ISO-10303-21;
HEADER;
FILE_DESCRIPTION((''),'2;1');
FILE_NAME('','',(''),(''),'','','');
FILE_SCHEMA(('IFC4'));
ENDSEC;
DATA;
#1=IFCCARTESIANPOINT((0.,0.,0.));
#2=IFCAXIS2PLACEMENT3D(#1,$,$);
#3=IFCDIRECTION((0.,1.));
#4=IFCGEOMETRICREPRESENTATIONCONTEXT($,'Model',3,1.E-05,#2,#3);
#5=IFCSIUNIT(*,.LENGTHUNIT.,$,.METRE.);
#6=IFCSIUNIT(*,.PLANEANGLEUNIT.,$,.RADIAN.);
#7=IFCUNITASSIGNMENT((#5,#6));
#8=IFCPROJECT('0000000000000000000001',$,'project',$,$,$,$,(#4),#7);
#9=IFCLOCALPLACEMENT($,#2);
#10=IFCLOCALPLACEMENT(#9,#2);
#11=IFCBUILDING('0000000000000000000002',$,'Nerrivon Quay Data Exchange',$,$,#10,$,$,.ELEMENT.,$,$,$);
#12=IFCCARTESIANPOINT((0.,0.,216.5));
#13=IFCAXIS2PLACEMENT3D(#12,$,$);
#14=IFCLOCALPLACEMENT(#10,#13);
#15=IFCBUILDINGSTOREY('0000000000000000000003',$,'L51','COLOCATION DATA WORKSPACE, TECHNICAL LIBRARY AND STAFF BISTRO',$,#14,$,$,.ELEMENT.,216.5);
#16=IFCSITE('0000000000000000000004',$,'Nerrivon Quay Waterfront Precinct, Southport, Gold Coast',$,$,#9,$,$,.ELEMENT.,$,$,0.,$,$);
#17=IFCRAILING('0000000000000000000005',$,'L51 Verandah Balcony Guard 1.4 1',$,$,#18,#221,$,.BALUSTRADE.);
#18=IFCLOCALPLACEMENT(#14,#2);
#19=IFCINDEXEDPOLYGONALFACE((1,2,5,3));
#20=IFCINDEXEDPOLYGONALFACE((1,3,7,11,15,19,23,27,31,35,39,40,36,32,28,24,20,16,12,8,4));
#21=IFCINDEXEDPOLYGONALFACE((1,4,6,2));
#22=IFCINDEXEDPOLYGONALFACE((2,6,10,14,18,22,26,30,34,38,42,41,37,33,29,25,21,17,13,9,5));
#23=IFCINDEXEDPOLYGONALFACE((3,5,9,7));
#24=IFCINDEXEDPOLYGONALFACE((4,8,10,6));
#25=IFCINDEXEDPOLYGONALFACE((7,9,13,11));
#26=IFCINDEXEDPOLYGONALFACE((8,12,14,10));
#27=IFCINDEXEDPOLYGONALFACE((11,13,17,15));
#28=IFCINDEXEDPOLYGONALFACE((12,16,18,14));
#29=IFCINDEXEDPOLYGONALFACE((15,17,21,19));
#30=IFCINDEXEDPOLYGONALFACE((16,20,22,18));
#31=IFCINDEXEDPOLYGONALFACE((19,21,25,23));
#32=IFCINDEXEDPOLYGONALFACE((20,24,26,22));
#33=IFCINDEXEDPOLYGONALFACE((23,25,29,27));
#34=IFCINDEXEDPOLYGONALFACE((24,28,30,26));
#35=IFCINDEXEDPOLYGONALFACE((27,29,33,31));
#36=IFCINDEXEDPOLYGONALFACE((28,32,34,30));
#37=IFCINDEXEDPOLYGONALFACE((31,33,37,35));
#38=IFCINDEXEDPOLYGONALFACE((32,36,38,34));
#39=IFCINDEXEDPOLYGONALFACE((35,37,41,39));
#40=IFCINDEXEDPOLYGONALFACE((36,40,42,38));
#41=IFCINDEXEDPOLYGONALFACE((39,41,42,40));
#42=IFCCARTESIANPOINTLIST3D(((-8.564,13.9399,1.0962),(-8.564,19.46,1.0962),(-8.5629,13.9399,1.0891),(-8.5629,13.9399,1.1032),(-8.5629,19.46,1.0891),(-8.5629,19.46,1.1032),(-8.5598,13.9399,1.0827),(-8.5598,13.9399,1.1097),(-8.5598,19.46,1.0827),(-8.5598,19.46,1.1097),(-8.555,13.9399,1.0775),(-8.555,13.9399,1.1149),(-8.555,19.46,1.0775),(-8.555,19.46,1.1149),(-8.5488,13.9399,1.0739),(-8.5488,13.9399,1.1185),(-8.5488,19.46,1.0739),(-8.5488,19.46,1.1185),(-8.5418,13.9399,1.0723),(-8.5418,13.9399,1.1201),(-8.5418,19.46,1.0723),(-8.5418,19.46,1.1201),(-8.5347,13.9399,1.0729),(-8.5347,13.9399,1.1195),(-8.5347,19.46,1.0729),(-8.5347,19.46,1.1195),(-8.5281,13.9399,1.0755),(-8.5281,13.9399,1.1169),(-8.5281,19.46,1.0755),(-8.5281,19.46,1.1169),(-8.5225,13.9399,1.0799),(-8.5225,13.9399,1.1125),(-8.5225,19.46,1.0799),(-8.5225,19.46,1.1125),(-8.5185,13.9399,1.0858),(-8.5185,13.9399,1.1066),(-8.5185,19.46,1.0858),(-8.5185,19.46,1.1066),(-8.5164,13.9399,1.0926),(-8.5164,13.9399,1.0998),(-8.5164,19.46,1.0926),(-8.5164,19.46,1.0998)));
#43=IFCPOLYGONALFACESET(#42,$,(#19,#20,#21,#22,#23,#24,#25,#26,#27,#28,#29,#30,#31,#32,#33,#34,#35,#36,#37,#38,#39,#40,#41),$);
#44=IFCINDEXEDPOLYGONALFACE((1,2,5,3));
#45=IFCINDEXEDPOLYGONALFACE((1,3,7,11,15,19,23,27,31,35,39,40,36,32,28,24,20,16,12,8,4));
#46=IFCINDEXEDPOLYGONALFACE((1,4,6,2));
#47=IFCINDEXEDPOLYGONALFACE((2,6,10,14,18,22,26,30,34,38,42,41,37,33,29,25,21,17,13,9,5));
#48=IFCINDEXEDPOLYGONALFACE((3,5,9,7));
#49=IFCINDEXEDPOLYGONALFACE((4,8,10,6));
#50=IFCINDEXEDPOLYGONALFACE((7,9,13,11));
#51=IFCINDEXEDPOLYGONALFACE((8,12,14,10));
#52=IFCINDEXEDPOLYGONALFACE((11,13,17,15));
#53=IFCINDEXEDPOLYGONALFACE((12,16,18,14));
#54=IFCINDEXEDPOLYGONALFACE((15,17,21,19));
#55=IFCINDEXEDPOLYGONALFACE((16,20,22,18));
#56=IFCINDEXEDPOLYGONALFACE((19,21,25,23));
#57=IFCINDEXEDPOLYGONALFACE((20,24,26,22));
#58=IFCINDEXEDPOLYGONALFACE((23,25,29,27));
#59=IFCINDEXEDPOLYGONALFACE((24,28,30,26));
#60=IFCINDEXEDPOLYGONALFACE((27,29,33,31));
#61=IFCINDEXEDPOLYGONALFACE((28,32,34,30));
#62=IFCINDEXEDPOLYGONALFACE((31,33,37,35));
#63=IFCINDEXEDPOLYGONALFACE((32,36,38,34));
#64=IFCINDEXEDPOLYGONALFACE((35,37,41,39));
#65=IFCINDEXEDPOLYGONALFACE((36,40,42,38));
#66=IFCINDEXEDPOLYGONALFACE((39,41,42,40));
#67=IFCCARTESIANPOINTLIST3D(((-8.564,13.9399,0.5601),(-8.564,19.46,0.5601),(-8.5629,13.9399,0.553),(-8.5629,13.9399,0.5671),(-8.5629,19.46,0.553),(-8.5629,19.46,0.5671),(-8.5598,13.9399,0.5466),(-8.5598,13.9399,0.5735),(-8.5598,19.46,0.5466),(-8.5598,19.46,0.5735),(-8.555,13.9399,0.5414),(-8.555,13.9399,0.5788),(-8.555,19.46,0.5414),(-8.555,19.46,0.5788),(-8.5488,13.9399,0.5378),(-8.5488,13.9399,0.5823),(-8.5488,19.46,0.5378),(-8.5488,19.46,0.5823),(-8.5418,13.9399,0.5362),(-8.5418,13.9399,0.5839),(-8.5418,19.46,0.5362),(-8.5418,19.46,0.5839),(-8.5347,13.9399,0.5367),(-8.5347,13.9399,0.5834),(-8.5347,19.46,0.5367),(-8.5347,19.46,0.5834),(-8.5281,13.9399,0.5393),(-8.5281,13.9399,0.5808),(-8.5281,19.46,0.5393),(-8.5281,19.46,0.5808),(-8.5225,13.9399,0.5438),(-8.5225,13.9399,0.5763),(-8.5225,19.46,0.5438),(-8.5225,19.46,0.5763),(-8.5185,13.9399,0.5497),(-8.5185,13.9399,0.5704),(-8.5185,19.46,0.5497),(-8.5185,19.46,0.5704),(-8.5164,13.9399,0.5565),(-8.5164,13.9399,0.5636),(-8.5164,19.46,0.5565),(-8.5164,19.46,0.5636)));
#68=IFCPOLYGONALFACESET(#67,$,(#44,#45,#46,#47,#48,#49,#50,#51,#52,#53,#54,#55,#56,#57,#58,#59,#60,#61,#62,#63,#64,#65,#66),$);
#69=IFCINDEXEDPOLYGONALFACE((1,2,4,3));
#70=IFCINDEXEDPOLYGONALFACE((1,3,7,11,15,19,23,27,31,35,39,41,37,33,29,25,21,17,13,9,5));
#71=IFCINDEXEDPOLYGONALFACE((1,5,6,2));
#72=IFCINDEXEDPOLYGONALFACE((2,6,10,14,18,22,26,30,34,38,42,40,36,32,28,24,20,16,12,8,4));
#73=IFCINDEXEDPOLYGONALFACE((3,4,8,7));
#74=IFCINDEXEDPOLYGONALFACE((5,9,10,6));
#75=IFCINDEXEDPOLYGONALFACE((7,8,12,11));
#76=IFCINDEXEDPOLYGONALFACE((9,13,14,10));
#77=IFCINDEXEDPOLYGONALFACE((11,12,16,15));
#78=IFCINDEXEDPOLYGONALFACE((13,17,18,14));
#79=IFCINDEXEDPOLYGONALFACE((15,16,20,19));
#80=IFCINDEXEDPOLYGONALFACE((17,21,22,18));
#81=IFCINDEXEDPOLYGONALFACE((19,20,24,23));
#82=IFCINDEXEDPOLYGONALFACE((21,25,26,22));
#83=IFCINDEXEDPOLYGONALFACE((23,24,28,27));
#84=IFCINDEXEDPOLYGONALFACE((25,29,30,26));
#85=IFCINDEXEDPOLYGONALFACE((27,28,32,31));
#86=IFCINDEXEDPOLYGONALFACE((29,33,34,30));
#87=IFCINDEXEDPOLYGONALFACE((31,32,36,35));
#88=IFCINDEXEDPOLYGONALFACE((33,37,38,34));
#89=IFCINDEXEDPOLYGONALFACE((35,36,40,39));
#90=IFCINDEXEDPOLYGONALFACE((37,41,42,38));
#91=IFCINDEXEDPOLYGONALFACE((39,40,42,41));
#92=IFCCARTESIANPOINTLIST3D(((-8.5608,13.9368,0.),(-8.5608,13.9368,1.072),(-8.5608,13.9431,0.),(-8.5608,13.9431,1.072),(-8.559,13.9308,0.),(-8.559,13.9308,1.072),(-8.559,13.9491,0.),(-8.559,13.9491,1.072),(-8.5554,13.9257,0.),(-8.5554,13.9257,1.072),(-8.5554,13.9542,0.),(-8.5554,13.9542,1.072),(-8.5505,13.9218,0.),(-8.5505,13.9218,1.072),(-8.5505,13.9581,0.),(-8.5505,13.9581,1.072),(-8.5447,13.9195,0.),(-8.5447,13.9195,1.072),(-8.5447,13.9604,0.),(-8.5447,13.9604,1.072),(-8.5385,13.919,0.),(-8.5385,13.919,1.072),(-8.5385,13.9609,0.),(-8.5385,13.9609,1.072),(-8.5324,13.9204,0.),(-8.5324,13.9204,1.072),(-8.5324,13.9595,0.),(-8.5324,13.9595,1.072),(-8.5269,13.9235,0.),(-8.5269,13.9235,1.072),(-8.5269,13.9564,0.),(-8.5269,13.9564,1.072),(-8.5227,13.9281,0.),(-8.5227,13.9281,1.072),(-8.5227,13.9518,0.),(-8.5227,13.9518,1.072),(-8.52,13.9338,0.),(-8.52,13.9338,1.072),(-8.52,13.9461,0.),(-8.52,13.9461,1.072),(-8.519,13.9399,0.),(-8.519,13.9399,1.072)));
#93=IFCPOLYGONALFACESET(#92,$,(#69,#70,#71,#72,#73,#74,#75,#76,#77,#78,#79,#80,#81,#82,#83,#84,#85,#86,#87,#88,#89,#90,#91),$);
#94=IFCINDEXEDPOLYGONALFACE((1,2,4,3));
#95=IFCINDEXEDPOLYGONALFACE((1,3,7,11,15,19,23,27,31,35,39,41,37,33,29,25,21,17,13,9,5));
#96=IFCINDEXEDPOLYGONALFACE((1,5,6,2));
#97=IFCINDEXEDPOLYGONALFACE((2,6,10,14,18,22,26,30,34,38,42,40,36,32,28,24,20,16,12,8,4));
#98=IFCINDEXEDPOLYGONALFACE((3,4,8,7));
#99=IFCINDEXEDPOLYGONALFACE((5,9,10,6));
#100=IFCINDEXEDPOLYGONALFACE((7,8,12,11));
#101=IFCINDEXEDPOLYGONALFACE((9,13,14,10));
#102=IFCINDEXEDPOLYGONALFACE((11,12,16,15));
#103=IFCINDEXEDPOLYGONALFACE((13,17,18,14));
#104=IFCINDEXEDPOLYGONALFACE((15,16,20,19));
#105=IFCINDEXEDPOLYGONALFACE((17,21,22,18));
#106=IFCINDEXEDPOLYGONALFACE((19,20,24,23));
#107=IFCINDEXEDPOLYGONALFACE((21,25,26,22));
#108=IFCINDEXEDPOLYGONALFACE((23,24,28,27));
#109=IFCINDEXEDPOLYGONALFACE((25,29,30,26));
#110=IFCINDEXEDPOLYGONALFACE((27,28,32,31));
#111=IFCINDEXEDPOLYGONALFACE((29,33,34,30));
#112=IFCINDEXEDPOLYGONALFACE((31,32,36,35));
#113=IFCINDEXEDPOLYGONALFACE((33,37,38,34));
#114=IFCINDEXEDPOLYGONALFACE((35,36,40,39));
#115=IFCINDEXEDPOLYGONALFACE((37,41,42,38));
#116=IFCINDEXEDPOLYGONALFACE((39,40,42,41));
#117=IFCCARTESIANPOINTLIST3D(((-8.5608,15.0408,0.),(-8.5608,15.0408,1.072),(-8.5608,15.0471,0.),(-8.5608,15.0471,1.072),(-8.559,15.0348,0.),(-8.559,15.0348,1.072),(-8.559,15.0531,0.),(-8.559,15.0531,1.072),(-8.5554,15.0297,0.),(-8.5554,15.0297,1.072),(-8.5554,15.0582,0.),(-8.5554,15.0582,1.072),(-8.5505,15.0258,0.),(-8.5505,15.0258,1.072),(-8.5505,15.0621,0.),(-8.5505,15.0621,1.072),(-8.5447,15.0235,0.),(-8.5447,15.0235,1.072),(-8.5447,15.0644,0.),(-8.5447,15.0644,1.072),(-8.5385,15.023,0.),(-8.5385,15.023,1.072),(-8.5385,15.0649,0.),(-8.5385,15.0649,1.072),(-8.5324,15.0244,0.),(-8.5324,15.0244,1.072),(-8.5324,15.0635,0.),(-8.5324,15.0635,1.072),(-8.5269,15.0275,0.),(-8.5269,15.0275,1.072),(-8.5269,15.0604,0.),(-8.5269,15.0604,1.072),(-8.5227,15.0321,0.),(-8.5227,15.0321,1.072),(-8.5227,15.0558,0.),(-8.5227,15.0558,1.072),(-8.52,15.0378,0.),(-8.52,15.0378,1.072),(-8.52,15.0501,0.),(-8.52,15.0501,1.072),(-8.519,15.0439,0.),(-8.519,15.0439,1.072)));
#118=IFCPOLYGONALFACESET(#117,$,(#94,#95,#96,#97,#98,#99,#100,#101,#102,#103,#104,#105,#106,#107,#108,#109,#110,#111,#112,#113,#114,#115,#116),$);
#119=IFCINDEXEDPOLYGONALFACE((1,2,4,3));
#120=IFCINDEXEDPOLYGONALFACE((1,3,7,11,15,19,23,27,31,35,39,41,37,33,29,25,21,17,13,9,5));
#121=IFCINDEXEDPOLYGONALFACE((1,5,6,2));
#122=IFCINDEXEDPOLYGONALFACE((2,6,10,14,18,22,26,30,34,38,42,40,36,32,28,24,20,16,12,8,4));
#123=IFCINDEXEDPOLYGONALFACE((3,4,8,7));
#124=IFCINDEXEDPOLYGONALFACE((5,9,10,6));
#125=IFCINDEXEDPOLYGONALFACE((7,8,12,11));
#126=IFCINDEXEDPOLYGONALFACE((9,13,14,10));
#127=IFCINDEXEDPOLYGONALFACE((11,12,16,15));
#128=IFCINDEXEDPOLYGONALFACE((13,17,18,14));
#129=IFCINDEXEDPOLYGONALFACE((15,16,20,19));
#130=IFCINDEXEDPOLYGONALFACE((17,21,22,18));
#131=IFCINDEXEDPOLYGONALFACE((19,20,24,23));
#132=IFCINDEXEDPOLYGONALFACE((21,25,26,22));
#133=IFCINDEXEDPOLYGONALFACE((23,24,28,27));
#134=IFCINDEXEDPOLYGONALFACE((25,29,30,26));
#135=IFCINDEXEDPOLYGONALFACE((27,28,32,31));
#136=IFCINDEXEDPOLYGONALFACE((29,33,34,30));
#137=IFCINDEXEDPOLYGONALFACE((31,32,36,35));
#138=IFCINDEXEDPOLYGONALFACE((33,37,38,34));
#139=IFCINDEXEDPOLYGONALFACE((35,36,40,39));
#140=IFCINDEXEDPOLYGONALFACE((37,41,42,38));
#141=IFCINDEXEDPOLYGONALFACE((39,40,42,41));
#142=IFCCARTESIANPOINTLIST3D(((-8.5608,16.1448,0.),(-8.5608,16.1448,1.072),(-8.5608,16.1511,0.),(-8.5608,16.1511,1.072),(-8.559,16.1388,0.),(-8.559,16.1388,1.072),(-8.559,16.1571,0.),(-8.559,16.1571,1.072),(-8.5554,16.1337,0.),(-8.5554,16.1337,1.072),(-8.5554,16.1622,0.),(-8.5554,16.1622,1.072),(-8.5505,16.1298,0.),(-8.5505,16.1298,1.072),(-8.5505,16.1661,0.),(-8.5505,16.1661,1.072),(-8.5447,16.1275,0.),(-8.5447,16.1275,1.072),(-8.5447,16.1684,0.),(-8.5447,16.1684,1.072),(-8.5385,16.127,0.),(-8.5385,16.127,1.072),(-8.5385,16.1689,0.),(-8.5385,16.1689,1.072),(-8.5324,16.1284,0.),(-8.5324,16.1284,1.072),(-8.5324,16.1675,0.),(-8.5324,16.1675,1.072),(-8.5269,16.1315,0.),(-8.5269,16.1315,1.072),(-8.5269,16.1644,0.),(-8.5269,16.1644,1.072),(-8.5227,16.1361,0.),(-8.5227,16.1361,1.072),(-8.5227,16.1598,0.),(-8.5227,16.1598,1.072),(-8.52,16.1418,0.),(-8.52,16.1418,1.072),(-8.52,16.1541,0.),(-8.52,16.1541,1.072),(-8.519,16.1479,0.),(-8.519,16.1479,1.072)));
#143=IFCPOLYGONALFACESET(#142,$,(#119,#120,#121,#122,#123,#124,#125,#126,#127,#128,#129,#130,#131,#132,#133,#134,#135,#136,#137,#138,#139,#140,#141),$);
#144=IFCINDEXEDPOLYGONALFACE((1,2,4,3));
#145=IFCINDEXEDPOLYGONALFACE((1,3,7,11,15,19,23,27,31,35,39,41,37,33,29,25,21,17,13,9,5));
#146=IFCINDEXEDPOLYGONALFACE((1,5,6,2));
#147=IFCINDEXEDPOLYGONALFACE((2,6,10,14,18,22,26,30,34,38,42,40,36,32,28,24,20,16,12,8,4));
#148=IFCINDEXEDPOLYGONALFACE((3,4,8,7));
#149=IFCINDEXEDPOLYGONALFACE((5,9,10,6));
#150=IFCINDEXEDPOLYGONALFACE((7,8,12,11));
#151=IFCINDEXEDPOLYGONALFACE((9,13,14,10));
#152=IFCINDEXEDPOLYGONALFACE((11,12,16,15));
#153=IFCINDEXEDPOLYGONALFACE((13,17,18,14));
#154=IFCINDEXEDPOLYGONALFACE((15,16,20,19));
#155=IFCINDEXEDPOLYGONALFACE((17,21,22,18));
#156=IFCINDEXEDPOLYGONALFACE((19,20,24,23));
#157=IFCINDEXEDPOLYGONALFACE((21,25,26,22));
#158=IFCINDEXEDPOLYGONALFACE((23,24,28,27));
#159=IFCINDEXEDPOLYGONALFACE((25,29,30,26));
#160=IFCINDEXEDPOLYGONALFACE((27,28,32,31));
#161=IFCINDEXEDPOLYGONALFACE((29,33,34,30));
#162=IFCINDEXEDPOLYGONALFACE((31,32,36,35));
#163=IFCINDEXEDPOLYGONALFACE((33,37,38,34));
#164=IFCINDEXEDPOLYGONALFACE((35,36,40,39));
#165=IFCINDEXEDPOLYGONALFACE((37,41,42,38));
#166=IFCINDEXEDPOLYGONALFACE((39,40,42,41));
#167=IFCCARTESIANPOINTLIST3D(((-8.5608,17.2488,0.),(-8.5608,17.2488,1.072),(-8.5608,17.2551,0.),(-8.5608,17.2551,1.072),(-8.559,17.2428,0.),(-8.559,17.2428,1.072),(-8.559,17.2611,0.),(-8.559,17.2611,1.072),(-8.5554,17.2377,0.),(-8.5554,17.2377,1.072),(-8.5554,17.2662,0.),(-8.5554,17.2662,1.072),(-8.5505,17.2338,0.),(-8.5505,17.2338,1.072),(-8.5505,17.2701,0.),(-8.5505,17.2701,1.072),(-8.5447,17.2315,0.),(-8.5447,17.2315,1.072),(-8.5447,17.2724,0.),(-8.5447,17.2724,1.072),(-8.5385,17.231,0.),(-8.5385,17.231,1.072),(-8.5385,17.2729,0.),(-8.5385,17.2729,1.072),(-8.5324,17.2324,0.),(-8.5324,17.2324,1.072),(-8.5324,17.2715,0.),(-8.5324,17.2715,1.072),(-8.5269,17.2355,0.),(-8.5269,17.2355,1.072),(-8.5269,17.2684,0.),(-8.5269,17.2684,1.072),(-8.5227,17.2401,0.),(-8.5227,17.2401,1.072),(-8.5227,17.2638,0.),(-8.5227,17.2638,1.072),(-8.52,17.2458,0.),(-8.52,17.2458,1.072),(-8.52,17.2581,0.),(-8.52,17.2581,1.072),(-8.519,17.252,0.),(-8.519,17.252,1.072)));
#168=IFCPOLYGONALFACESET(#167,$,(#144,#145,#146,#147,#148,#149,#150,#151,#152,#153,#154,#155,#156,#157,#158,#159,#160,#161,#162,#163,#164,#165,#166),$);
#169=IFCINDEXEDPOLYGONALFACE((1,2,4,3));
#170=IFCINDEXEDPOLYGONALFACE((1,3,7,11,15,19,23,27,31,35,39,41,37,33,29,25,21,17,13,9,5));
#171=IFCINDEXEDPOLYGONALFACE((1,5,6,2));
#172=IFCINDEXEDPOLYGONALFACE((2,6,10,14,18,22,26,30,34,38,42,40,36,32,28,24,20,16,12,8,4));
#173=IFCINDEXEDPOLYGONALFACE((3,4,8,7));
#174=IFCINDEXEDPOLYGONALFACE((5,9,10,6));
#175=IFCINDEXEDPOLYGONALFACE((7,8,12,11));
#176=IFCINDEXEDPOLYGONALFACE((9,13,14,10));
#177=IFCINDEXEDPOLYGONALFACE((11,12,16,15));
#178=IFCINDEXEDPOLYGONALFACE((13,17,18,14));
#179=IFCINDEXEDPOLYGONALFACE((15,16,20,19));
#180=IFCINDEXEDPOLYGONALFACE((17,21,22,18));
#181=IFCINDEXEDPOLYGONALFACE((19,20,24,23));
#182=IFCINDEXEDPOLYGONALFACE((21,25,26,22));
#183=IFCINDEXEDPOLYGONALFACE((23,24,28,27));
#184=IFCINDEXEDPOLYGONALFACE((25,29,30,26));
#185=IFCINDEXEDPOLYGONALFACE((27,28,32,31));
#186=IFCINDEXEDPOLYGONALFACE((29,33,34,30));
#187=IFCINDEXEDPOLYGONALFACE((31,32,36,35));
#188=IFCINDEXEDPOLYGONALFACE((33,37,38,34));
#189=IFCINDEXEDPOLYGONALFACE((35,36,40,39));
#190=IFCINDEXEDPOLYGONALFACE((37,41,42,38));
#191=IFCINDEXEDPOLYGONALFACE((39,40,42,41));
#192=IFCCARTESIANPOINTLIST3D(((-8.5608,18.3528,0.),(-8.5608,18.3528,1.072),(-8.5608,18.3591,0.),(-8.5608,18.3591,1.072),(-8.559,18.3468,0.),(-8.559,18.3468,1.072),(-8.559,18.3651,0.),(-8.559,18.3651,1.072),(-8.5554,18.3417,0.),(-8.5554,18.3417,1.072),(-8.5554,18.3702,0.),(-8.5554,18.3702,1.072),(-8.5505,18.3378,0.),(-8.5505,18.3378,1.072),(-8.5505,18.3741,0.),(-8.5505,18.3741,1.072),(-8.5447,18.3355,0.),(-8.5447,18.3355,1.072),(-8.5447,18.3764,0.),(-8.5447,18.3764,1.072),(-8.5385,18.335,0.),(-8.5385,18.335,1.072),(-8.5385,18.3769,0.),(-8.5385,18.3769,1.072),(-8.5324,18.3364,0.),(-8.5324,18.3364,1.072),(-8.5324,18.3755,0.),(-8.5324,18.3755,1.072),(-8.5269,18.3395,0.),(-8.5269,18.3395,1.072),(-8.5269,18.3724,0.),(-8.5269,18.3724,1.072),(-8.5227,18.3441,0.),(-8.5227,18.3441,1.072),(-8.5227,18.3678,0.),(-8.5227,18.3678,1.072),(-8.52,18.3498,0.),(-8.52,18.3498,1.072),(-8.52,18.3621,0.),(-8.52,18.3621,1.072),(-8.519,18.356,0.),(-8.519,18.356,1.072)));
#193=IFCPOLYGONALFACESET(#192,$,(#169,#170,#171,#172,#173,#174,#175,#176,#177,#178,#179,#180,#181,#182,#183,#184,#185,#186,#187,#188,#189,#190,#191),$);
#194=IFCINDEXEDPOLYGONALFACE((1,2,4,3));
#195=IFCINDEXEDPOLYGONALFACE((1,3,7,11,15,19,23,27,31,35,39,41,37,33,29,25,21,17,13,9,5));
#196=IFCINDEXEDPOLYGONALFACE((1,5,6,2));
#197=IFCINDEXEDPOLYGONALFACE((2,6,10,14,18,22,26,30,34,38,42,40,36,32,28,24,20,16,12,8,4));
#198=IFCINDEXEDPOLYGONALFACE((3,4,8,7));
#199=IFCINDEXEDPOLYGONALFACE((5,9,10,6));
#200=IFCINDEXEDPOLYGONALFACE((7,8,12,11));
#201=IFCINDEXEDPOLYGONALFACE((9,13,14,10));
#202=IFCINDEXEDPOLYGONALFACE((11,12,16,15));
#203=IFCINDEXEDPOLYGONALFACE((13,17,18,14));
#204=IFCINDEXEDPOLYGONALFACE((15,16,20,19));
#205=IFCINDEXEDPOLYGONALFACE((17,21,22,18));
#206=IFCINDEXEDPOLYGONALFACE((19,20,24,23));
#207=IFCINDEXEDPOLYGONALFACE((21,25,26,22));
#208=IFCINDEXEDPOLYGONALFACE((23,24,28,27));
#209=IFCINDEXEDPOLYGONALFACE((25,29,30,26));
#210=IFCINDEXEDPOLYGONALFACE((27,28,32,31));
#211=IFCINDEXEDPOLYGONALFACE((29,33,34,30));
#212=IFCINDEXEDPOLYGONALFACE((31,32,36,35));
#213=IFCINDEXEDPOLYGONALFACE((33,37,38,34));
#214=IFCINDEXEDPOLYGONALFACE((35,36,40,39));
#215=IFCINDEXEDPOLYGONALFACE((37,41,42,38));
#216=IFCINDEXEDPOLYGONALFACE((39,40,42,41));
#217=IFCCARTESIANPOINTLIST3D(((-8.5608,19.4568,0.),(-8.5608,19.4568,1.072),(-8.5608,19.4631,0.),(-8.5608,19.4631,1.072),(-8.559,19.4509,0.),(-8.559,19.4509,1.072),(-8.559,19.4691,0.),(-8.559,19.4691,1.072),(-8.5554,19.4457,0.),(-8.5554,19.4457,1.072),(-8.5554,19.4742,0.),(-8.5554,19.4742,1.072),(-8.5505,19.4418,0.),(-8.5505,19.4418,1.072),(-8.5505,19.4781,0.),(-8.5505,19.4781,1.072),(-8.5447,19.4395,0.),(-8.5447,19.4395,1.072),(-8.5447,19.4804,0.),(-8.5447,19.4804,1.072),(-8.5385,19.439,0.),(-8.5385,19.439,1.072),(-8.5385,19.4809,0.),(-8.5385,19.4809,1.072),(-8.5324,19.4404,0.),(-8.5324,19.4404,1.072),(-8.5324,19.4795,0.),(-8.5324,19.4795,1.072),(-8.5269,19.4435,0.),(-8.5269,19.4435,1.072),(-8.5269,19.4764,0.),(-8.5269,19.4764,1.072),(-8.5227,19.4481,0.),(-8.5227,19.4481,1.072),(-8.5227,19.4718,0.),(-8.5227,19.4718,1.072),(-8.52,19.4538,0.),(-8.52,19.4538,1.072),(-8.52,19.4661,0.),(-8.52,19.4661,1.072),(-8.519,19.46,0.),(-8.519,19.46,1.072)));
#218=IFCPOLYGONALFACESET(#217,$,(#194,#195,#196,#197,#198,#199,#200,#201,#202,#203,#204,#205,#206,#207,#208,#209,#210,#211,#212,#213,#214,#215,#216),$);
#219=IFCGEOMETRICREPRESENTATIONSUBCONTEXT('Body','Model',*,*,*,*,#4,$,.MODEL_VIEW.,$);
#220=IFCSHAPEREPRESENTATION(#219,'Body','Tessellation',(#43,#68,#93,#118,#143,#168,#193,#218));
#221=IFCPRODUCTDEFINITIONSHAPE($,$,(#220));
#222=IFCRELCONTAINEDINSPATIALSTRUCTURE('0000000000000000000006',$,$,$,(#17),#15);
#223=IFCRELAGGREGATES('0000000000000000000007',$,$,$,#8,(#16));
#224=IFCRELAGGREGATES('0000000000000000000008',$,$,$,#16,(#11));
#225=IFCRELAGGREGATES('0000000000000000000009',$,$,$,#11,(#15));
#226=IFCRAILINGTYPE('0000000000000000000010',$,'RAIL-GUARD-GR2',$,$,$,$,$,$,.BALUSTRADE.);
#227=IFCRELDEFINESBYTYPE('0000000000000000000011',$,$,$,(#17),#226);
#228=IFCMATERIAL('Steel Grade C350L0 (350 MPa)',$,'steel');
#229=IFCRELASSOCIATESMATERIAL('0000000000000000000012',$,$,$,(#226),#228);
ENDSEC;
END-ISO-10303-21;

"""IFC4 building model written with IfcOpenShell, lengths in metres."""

from ifc_helpers import new_model, si_unit, direction, frame, origin, origin_2d, place, context, subcontext, project, spatial, circle, extrude, material, type_object, element, save


model = new_model("IFC4")

# Units and contexts
model_context = context("Model", 3, precision=1e-05, world=origin(), true_north=direction((0.0, 1.0)))
body_context = subcontext(model_context, "Body", "Model", "MODEL_VIEW")
ifc_project = project(units=[si_unit("LENGTHUNIT", "METRE"), si_unit("PLANEANGLEUNIT", "RADIAN")], contexts=[model_context])

# Site, building, storey
site_placement = place(None, origin())
site = spatial("IfcSite", under=ifc_project, at=site_placement, Name="Nerrivon Quay Waterfront Precinct, Southport, Gold Coast", CompositionType="ELEMENT", RefElevation=0.0)
building_placement = place(site_placement, origin())
building = spatial("IfcBuilding", under=site, at=building_placement, Name="Nerrivon Quay Data Exchange", CompositionType="ELEMENT")
storey_placement = place(building_placement, frame((0.0, 0.0, 216.5)))
storey = spatial("IfcBuildingStorey", under=building, at=storey_placement, Name="L51", Description="COLOCATION DATA WORKSPACE, TECHNICAL LIBRARY AND STAFF BISTRO", CompositionType="ELEMENT", Elevation=216.5)

# Shared definitions
ifc_material_1 = material(Name="Steel Grade C350L0 (350 MPa)", Category="steel")

# Railing
railing_type = type_object("IfcRailingType", Name="RAIL-GUARD-GR2", PredefinedType="BALUSTRADE", material=ifc_material_1)
railing_1_placement = place(storey_placement, frame((-8.54, 13.9399, 0.0)))
element("IfcRailing", 1, at=railing_1_placement, inside=storey, type_object=railing_type, Name="L51 Verandah Balcony Guard 1.4 1", PredefinedType="BALUSTRADE", context=body_context, shape_type="SweptSolid", body=[
    extrude(circle(Radius=0.0239, at=origin_2d()), frame((0.0, 0.0, 1.0962), z_axis=(0.0, 1.0, 0.0), x_axis=(-1.0, 0.0, 0.0)), (0.0, 0.0, 1.0), 5.52),
    extrude(circle(Radius=0.0239, at=origin_2d()), frame((0.0, 0.0, 0.5601), z_axis=(0.0, 1.0, 0.0), x_axis=(-1.0, 0.0, 0.0)), (0.0, 0.0, 1.0), 5.52),
    extrude(circle(Radius=0.021, at=origin_2d()), origin(), (0.0, 0.0, 1.0), 1.072),
    extrude(circle(Radius=0.021, at=origin_2d()), frame((0.0, 1.104, 0.0)), (0.0, 0.0, 1.0), 1.072),
    extrude(circle(Radius=0.021, at=origin_2d()), frame((0.0, 2.208, 0.0)), (0.0, 0.0, 1.0), 1.072),
    extrude(circle(Radius=0.021, at=origin_2d()), frame((0.0, 3.312, 0.0)), (0.0, 0.0, 1.0), 1.072),
    extrude(circle(Radius=0.021, at=origin_2d()), frame((0.0, 4.416, 0.0)), (0.0, 0.0, 1.0), 1.072),
    extrude(circle(Radius=0.021, at=origin_2d()), frame((0.0, 5.52, 0.0)), (0.0, 0.0, 1.0), 1.072),
])

save(model, "model.ifc")
